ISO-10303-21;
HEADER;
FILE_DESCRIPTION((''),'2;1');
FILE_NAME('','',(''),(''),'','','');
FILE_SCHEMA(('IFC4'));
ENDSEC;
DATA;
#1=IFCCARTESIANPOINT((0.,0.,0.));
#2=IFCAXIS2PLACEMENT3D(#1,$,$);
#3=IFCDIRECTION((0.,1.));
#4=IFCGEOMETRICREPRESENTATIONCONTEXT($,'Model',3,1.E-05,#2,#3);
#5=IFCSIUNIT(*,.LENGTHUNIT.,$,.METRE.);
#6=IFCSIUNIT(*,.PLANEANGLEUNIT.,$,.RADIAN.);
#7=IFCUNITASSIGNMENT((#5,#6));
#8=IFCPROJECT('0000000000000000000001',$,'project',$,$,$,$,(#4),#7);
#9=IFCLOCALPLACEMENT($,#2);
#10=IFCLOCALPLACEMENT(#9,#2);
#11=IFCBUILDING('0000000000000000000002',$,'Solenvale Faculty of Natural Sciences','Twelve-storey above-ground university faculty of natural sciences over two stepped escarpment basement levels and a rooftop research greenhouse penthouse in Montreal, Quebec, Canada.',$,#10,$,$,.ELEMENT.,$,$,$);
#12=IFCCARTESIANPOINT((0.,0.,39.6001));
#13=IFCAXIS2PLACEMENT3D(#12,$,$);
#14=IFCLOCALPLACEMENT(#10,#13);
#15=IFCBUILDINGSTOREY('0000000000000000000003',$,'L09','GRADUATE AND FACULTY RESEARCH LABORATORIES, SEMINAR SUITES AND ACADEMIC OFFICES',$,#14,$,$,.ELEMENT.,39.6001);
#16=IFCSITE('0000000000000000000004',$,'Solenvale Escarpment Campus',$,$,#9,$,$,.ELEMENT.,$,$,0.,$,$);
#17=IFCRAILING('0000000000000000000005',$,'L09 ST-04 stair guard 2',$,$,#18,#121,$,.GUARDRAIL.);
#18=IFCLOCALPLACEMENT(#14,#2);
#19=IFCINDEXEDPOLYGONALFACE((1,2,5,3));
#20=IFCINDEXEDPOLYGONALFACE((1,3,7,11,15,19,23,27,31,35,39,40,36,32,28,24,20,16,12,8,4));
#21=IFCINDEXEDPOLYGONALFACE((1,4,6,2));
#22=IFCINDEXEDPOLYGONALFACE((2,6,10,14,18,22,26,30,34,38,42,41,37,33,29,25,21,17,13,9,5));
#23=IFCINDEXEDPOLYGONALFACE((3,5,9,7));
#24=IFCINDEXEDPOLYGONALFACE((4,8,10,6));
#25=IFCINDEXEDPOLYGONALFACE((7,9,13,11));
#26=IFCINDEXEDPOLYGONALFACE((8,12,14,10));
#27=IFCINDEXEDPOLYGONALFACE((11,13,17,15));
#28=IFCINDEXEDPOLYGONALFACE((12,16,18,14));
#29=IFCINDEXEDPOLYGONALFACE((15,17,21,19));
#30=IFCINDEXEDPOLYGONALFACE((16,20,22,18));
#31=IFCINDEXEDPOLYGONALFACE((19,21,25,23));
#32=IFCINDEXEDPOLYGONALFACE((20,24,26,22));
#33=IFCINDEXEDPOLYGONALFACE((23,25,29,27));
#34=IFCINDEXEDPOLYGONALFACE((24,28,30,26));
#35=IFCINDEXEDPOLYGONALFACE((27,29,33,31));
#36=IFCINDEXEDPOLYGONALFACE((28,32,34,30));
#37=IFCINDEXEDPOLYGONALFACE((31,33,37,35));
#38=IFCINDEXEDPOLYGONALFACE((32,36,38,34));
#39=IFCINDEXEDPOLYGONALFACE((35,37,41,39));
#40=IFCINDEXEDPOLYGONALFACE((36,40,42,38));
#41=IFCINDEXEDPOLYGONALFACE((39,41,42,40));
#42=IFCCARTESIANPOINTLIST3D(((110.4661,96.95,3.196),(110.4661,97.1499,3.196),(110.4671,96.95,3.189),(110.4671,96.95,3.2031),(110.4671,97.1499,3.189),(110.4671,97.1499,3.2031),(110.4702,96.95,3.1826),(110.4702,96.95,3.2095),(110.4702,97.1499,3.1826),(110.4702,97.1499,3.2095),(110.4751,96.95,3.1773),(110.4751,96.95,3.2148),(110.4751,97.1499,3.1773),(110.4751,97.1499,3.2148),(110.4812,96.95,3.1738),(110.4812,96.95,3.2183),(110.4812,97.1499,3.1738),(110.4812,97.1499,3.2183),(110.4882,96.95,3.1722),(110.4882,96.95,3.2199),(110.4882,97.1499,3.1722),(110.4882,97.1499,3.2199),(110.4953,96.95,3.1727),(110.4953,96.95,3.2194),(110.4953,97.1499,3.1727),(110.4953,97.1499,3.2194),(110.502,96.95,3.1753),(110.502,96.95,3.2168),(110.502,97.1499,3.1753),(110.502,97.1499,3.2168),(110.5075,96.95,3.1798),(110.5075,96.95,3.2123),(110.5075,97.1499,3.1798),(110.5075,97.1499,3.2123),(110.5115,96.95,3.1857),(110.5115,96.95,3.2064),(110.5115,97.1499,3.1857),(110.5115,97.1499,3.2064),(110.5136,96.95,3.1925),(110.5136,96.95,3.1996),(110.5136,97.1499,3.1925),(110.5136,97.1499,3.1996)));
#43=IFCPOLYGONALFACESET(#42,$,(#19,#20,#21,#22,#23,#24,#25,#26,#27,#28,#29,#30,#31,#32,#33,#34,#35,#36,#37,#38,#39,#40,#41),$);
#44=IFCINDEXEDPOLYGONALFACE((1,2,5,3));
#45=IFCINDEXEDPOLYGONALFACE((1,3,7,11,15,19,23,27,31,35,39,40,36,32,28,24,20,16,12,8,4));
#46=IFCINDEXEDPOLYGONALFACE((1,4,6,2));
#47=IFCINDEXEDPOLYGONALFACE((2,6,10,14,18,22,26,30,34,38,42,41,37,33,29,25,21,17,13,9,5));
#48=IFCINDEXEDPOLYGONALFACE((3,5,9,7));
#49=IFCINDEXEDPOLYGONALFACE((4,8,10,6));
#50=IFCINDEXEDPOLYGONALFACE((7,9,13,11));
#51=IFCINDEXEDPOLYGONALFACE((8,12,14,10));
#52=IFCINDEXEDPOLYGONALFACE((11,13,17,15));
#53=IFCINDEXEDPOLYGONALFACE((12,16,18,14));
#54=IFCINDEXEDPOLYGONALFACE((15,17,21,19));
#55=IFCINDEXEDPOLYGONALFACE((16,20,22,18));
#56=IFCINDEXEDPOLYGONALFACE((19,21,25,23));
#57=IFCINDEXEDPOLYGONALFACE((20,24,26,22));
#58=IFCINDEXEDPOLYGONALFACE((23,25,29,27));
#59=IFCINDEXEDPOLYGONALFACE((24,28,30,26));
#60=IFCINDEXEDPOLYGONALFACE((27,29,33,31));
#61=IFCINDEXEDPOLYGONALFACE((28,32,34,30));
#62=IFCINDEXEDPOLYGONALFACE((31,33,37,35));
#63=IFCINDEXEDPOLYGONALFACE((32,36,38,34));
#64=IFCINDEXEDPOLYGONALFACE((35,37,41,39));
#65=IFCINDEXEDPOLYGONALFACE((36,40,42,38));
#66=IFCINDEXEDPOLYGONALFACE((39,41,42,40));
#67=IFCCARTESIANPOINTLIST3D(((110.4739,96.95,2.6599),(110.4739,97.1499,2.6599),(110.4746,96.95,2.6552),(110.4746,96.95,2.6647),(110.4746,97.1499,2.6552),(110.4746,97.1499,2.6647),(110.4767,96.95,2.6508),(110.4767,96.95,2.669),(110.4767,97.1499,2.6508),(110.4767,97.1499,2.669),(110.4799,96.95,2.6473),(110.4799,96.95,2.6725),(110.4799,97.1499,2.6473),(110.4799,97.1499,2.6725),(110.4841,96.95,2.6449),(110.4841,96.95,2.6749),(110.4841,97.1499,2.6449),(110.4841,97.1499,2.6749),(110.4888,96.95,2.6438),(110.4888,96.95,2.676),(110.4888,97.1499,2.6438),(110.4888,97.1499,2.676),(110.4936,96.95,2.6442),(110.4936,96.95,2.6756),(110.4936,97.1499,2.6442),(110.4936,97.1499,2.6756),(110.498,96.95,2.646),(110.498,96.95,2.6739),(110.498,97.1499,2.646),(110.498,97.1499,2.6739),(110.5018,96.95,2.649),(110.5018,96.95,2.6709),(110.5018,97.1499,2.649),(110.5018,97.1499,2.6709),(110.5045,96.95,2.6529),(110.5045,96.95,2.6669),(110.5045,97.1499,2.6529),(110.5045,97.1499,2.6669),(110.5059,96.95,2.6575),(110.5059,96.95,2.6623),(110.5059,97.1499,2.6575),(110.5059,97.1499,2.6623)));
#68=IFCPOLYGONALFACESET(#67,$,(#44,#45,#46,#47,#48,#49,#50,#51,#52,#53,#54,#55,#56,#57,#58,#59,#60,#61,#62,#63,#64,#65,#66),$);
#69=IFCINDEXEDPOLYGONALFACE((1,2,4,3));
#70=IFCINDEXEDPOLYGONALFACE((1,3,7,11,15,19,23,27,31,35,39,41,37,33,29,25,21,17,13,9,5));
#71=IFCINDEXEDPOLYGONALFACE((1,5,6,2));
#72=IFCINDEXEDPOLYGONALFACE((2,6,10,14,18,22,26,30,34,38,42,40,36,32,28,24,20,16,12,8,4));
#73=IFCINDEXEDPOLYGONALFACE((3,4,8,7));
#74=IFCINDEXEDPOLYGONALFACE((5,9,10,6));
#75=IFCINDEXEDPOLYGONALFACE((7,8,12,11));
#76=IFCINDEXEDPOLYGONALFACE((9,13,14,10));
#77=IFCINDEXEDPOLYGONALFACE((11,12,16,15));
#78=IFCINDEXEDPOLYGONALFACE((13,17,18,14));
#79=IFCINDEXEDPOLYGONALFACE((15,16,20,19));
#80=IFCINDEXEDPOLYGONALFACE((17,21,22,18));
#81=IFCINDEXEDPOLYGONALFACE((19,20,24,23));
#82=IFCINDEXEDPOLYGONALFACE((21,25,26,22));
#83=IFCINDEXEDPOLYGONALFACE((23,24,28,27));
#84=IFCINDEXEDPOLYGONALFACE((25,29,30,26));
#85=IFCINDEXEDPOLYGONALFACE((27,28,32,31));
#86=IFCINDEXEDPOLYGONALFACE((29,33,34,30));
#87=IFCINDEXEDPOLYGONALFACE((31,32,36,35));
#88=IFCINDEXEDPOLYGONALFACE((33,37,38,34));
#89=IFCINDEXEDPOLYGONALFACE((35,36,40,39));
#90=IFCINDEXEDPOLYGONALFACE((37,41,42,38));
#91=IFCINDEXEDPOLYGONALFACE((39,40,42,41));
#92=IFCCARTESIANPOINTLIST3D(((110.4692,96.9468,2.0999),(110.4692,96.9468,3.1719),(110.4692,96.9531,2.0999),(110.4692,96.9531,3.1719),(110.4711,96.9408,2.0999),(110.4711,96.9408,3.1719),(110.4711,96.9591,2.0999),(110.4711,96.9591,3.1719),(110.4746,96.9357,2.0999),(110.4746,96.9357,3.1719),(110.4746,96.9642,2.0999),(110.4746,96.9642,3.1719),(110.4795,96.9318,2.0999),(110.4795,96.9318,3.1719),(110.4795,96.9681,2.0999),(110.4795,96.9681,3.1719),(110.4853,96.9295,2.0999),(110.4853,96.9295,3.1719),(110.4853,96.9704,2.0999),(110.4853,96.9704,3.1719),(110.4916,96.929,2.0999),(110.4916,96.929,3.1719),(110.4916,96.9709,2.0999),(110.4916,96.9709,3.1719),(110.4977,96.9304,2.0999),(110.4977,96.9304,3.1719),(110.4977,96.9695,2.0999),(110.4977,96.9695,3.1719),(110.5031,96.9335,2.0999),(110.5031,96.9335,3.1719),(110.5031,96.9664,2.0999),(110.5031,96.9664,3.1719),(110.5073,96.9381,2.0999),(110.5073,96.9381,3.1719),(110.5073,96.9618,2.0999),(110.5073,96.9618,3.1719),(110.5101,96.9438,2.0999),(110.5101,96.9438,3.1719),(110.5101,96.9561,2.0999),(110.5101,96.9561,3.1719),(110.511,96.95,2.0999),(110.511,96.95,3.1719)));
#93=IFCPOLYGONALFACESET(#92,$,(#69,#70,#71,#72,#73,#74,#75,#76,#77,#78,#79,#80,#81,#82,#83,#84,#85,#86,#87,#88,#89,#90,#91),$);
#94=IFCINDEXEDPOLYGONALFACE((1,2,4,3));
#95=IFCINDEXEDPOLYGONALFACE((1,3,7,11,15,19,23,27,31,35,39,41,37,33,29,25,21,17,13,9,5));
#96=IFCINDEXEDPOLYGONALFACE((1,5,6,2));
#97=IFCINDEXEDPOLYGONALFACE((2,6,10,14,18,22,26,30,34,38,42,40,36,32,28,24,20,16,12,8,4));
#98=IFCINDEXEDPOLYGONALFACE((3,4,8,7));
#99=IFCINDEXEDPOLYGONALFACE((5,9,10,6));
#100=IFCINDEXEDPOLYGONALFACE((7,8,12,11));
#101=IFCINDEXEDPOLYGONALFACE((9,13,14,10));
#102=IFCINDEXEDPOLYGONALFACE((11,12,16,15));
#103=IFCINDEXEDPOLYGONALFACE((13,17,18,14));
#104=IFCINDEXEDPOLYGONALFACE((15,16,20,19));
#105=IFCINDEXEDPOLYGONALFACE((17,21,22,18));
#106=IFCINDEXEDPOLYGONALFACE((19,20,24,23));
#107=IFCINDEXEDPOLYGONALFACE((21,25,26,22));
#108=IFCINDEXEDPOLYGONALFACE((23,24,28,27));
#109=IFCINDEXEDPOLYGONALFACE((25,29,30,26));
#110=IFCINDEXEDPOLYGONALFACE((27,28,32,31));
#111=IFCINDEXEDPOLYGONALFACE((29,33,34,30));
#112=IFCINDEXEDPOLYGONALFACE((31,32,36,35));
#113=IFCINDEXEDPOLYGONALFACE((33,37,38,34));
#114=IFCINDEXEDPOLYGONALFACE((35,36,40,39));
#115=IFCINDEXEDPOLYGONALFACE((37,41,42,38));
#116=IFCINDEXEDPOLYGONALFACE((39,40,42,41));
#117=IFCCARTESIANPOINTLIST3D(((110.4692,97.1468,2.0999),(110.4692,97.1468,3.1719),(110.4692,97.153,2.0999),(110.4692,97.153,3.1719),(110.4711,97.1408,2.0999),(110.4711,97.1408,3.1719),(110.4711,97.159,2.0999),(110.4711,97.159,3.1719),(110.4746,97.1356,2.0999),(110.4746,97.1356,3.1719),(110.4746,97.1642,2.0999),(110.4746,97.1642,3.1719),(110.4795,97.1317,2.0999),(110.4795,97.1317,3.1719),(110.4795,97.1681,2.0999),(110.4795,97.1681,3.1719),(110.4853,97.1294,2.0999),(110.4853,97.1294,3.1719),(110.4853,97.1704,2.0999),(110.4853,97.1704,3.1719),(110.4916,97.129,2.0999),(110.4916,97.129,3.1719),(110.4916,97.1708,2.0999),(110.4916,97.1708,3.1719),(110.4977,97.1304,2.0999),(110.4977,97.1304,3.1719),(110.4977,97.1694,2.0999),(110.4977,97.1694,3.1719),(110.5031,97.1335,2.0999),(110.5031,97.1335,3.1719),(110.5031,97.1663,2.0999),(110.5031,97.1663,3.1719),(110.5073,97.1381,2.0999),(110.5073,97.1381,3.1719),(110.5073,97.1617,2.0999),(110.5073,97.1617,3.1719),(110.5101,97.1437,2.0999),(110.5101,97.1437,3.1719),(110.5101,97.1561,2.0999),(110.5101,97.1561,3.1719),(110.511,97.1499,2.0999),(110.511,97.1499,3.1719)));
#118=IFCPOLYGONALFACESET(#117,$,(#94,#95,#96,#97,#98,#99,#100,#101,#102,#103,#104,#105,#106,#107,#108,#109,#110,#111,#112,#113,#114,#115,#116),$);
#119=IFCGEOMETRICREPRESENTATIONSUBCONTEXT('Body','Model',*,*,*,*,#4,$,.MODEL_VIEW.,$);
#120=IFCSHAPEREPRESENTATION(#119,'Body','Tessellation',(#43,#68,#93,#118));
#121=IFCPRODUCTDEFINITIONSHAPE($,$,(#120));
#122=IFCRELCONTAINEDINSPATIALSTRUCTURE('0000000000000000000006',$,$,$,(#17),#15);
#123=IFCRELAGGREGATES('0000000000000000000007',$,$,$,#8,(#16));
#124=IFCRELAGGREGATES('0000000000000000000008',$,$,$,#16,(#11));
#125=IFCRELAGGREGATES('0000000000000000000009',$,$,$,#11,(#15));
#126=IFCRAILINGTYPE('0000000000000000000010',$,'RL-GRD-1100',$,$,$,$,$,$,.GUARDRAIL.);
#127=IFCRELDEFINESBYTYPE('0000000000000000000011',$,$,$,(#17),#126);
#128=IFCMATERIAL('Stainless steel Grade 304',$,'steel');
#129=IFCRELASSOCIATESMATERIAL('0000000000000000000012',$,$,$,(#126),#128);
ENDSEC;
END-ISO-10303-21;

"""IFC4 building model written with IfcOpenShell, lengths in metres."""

from ifc_helpers import new_model, si_unit, direction, frame, origin, origin_2d, place, context, subcontext, project, spatial, circle, extrude, material, type_object, element, save


model = new_model("IFC4")

# Units and contexts
model_context = context("Model", 3, precision=1e-05, world=origin(), true_north=direction((0.0, 1.0)))
body_context = subcontext(model_context, "Body", "Model", "MODEL_VIEW")
ifc_project = project(units=[si_unit("LENGTHUNIT", "METRE"), si_unit("PLANEANGLEUNIT", "RADIAN")], contexts=[model_context])

# Site, building, storey
site_placement = place(None, origin())
site = spatial("IfcSite", under=ifc_project, at=site_placement, Name="Solenvale Escarpment Campus", CompositionType="ELEMENT", RefElevation=0.0)
building_placement = place(site_placement, origin())
building = spatial("IfcBuilding", under=site, at=building_placement, Name="Solenvale Faculty of Natural Sciences", Description="Twelve-storey above-ground university faculty of natural sciences over two stepped escarpment basement levels and a rooftop research greenhouse penthouse in Montreal, Quebec, Canada.", CompositionType="ELEMENT")
storey_placement = place(building_placement, frame((0.0, 0.0, 39.6001)))
storey = spatial("IfcBuildingStorey", under=building, at=storey_placement, Name="L09", Description="GRADUATE AND FACULTY RESEARCH LABORATORIES, SEMINAR SUITES AND ACADEMIC OFFICES", CompositionType="ELEMENT", Elevation=39.6001)

# Railing
ifc_material_1 = material(Name="Stainless steel Grade 304", Category="steel")
railing_type_1 = type_object("IfcRailingType", Name="RL-GRD-1100", PredefinedType="GUARDRAIL", material=ifc_material_1)
railing_1_placement = place(storey_placement, frame((110.49, 96.95, 2.0999)))
element("IfcRailing", 1, at=railing_1_placement, inside=storey, type_object=railing_type_1, Name="L09 ST-04 stair guard 2", PredefinedType="GUARDRAIL", context=body_context, shape_type="SweptSolid", body=[
    extrude(circle(Radius=0.0239, at=origin_2d()), frame((0.0, 0.0, 1.0962), z_axis=(0.0, 1.0, 0.0), x_axis=(-1.0, 0.0, 0.0)), (0.0, 0.0, 1.0), 0.2),
    extrude(circle(Radius=0.0161, at=origin_2d()), frame((0.0, 0.0, 0.5601), z_axis=(0.0, 1.0, 0.0), x_axis=(-1.0, 0.0, 0.0)), (0.0, 0.0, 1.0), 0.2),
    extrude(circle(Radius=0.021, at=origin_2d()), origin(), (0.0, 0.0, 1.0), 1.072),
    extrude(circle(Radius=0.021, at=origin_2d()), frame((0.0, 0.2, 0.0)), (0.0, 0.0, 1.0), 1.072),
])

save(model, "model.ifc")
